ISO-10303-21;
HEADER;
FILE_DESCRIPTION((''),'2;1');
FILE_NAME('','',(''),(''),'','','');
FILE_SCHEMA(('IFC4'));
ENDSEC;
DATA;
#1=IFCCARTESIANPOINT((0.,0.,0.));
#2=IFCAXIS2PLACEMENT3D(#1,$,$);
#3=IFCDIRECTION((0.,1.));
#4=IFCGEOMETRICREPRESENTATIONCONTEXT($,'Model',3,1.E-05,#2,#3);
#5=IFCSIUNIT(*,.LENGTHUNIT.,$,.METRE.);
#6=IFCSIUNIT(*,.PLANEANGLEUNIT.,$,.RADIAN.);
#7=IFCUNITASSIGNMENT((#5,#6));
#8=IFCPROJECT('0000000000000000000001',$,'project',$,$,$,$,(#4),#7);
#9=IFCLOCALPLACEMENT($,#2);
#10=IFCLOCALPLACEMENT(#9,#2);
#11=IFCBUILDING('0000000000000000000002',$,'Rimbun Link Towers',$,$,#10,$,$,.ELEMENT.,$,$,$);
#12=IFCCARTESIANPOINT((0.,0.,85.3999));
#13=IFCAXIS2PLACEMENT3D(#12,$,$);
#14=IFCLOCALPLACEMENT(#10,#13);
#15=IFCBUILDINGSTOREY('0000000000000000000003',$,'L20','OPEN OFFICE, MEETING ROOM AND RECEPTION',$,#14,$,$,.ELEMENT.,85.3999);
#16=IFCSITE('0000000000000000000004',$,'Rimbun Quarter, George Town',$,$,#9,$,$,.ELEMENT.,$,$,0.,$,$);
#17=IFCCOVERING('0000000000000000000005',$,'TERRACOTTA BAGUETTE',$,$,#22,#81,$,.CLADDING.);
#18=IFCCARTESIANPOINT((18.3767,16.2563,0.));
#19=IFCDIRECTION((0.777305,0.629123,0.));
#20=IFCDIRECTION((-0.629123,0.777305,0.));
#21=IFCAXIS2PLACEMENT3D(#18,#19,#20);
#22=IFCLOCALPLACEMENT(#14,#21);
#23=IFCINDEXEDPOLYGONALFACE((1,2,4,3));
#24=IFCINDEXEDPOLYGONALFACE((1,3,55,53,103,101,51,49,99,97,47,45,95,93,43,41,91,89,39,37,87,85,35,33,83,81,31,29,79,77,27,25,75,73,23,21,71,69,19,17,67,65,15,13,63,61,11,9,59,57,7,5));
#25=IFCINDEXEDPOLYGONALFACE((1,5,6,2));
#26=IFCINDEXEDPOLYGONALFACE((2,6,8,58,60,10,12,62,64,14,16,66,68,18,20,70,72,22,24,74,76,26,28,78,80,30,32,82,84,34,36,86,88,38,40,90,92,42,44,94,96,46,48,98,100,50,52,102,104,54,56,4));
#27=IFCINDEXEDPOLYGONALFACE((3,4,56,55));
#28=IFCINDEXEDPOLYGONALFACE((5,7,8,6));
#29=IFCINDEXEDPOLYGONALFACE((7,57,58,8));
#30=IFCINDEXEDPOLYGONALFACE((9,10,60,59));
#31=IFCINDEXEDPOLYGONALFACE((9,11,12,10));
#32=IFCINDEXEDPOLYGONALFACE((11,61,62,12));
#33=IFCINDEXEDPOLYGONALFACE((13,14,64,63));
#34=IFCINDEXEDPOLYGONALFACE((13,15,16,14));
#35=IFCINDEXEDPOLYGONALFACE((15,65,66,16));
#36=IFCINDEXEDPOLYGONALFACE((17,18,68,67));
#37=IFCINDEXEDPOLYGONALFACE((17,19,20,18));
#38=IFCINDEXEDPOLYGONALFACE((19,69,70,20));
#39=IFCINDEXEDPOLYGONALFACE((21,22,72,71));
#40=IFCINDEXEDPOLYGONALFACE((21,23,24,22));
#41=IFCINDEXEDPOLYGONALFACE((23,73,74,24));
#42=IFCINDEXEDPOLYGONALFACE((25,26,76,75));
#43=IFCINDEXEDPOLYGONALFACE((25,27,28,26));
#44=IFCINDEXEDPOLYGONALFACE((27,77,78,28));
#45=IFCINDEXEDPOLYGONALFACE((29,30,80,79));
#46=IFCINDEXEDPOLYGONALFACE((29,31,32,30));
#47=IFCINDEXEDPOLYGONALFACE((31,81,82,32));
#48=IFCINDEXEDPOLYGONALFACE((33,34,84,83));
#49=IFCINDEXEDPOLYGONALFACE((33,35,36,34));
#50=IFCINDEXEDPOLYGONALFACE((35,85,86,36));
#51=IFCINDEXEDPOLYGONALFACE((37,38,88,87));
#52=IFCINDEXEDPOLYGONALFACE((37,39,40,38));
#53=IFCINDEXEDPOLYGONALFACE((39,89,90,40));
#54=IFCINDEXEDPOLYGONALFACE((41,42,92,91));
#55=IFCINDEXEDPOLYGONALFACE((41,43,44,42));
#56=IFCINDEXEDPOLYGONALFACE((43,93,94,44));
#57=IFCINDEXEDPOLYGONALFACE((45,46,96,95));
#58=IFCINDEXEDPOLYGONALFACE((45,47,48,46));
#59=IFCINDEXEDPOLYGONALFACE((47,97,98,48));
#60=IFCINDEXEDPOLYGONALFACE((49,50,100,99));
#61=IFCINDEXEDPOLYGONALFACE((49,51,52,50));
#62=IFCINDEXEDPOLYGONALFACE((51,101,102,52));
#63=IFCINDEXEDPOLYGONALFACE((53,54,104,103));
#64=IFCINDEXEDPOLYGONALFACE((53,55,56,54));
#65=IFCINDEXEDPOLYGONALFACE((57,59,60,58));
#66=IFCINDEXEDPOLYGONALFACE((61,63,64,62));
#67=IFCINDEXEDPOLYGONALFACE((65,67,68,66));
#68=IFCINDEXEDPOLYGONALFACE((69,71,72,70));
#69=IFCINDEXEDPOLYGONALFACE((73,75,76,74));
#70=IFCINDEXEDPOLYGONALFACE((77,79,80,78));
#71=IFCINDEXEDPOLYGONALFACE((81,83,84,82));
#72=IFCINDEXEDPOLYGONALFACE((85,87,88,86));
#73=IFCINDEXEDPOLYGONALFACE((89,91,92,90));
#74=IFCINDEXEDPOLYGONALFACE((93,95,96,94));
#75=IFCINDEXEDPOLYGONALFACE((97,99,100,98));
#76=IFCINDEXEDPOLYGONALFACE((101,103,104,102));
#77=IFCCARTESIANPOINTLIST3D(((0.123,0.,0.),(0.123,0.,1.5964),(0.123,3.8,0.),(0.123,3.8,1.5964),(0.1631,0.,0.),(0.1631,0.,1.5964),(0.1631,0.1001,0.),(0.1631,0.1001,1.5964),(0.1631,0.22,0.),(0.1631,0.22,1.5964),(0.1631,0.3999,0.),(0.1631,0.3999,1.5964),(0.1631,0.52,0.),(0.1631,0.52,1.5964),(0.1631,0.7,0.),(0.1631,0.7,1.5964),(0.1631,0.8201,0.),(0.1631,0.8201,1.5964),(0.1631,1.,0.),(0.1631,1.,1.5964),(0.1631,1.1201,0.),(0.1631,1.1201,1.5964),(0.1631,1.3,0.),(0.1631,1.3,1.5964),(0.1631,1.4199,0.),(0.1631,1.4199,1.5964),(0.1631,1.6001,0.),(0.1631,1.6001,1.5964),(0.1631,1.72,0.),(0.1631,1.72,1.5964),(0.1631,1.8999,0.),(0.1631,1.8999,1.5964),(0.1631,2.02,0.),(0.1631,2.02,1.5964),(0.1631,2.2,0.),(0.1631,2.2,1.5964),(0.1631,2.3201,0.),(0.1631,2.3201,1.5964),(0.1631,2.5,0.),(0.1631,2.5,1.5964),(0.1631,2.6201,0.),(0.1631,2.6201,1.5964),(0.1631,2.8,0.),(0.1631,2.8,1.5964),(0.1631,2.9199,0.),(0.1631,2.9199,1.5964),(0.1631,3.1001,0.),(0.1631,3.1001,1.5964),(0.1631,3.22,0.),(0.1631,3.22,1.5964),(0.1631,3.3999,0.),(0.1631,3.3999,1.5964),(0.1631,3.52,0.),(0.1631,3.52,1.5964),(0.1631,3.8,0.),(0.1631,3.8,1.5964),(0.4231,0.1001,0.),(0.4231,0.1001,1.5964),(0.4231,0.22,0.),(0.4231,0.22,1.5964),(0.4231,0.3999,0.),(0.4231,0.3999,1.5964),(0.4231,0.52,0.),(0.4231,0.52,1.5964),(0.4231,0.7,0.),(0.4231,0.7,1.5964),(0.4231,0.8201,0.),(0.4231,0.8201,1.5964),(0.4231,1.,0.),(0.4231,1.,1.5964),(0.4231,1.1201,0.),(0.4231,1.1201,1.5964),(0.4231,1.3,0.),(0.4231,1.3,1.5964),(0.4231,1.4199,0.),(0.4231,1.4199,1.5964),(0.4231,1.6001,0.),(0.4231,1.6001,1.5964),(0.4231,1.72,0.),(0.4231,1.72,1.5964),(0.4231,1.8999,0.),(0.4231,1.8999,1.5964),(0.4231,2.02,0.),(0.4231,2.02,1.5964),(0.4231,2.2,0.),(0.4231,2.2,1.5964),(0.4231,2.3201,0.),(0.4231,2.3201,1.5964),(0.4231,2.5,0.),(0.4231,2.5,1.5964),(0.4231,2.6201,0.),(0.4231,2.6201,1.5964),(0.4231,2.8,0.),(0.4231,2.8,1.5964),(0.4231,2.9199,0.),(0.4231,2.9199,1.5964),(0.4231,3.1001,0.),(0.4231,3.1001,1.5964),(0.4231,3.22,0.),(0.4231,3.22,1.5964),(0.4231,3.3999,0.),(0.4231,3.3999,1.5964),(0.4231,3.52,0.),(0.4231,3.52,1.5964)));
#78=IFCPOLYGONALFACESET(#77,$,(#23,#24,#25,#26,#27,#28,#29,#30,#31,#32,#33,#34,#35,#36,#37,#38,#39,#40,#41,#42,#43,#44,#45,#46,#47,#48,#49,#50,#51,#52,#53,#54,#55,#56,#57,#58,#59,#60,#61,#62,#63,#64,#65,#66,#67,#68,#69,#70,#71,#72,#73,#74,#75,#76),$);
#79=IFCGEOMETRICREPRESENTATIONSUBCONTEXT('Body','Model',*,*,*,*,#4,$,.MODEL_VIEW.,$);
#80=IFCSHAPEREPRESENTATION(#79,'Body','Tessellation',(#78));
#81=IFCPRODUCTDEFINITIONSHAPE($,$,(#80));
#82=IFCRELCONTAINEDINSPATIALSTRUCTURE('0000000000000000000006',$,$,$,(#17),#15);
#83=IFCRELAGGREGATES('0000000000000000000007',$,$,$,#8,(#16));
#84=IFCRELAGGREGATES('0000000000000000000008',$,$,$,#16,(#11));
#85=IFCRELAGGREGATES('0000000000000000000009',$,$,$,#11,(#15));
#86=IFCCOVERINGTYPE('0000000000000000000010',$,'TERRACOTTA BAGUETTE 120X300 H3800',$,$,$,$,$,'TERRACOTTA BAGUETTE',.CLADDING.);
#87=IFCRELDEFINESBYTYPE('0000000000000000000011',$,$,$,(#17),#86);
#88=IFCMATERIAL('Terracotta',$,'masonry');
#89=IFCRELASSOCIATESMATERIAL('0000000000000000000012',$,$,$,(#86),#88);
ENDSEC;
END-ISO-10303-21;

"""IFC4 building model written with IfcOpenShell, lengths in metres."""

from ifc_helpers import new_model, si_unit, direction, frame, origin, place, context, subcontext, project, spatial, polyline, outline, extrude, material, material_profile, profile_set, type_object, element, save


model = new_model("IFC4")

# Units and contexts
model_context = context("Model", 3, precision=1e-05, world=origin(), true_north=direction((0.0, 1.0)))
body_context = subcontext(model_context, "Body", "Model", "MODEL_VIEW")
ifc_project = project(units=[si_unit("LENGTHUNIT", "METRE"), si_unit("PLANEANGLEUNIT", "RADIAN")], contexts=[model_context])

# Site, building, storey
site_placement = place(None, origin())
site = spatial("IfcSite", under=ifc_project, at=site_placement, Name="Rimbun Quarter, George Town", CompositionType="ELEMENT", RefElevation=0.0)
building_placement = place(site_placement, origin())
building = spatial("IfcBuilding", under=site, at=building_placement, Name="Rimbun Link Towers", CompositionType="ELEMENT")
storey_placement = place(building_placement, frame((0.0, 0.0, 85.3999)))
storey = spatial("IfcBuildingStorey", under=building, at=storey_placement, Name="L20", Description="OPEN OFFICE, MEETING ROOM AND RECEPTION", CompositionType="ELEMENT", Elevation=85.3999)

# Covering
ifc_material_1 = material(Name="Terracotta", Category="masonry")
ifc_material_profile_1 = material_profile(ifc_material_1, outline(polyline([(0.123, 0.0), (0.1631, 0.0), (0.1631, 0.1001), (0.4231, 0.1001), (0.4231, 0.22), (0.1631, 0.22), (0.1631, 0.3999), (0.4231, 0.3999), (0.4231, 0.52), (0.1631, 0.52), (0.1631, 0.7), (0.4231, 0.7), (0.4231, 0.8201), (0.1631, 0.8201), (0.1631, 1.0), (0.4231, 1.0), (0.4231, 1.1201), (0.1631, 1.1201), (0.1631, 1.3), (0.4231, 1.3), (0.4231, 1.4199), (0.1631, 1.4199), (0.1631, 1.6001), (0.4231, 1.6001), (0.4231, 1.72), (0.1631, 1.72), (0.1631, 1.8999), (0.4231, 1.8999), (0.4231, 2.02), (0.1631, 2.02), (0.1631, 2.2), (0.4231, 2.2), (0.4231, 2.3201), (0.1631, 2.3201), (0.1631, 2.5), (0.4231, 2.5), (0.4231, 2.6201), (0.1631, 2.6201), (0.1631, 2.8), (0.4231, 2.8), (0.4231, 2.9199), (0.1631, 2.9199), (0.1631, 3.1001), (0.4231, 3.1001), (0.4231, 3.22), (0.1631, 3.22), (0.1631, 3.3999), (0.4231, 3.3999), (0.4231, 3.52), (0.1631, 3.52), (0.1631, 3.8), (0.123, 3.8), (0.123, 0.0)])), Name="BAGUETTE 120X300")
ifc_profile_set_1 = profile_set([ifc_material_profile_1], Name="Terracotta")
covering_type = type_object("IfcCoveringType", Name="TERRACOTTA BAGUETTE 120X300 H3800", ElementType="TERRACOTTA BAGUETTE", PredefinedType="CLADDING", material=ifc_profile_set_1)
covering_1_placement = place(storey_placement, frame((18.3767, 16.2563, 0.0), z_axis=(0.777305, 0.629123, 0.0), x_axis=(-0.629123, 0.777305, 0.0)))
element("IfcCovering", 1, at=covering_1_placement, inside=storey, type_object=covering_type, Name="TERRACOTTA BAGUETTE", PredefinedType="CLADDING", context=body_context, shape_type="SweptSolid", body=[
    extrude(outline(polyline([(0.123, 0.0), (0.1631, 0.0), (0.1631, 0.1001), (0.4231, 0.1001), (0.4231, 0.22), (0.1631, 0.22), (0.1631, 0.3999), (0.4231, 0.3999), (0.4231, 0.52), (0.1631, 0.52), (0.1631, 0.7), (0.4231, 0.7), (0.4231, 0.8201), (0.1631, 0.8201), (0.1631, 1.0), (0.4231, 1.0), (0.4231, 1.1201), (0.1631, 1.1201), (0.1631, 1.3), (0.4231, 1.3), (0.4231, 1.4199), (0.1631, 1.4199), (0.1631, 1.6001), (0.4231, 1.6001), (0.4231, 1.72), (0.1631, 1.72), (0.1631, 1.8999), (0.4231, 1.8999), (0.4231, 2.02), (0.1631, 2.02), (0.1631, 2.2), (0.4231, 2.2), (0.4231, 2.3201), (0.1631, 2.3201), (0.1631, 2.5), (0.4231, 2.5), (0.4231, 2.6201), (0.1631, 2.6201), (0.1631, 2.8), (0.4231, 2.8), (0.4231, 2.9199), (0.1631, 2.9199), (0.1631, 3.1001), (0.4231, 3.1001), (0.4231, 3.22), (0.1631, 3.22), (0.1631, 3.3999), (0.4231, 3.3999), (0.4231, 3.52), (0.1631, 3.52), (0.1631, 3.8), (0.123, 3.8), (0.123, 0.0)])), origin(), (0.0, 0.0, 1.0), 1.5964),
])

save(model, "model.ifc")
